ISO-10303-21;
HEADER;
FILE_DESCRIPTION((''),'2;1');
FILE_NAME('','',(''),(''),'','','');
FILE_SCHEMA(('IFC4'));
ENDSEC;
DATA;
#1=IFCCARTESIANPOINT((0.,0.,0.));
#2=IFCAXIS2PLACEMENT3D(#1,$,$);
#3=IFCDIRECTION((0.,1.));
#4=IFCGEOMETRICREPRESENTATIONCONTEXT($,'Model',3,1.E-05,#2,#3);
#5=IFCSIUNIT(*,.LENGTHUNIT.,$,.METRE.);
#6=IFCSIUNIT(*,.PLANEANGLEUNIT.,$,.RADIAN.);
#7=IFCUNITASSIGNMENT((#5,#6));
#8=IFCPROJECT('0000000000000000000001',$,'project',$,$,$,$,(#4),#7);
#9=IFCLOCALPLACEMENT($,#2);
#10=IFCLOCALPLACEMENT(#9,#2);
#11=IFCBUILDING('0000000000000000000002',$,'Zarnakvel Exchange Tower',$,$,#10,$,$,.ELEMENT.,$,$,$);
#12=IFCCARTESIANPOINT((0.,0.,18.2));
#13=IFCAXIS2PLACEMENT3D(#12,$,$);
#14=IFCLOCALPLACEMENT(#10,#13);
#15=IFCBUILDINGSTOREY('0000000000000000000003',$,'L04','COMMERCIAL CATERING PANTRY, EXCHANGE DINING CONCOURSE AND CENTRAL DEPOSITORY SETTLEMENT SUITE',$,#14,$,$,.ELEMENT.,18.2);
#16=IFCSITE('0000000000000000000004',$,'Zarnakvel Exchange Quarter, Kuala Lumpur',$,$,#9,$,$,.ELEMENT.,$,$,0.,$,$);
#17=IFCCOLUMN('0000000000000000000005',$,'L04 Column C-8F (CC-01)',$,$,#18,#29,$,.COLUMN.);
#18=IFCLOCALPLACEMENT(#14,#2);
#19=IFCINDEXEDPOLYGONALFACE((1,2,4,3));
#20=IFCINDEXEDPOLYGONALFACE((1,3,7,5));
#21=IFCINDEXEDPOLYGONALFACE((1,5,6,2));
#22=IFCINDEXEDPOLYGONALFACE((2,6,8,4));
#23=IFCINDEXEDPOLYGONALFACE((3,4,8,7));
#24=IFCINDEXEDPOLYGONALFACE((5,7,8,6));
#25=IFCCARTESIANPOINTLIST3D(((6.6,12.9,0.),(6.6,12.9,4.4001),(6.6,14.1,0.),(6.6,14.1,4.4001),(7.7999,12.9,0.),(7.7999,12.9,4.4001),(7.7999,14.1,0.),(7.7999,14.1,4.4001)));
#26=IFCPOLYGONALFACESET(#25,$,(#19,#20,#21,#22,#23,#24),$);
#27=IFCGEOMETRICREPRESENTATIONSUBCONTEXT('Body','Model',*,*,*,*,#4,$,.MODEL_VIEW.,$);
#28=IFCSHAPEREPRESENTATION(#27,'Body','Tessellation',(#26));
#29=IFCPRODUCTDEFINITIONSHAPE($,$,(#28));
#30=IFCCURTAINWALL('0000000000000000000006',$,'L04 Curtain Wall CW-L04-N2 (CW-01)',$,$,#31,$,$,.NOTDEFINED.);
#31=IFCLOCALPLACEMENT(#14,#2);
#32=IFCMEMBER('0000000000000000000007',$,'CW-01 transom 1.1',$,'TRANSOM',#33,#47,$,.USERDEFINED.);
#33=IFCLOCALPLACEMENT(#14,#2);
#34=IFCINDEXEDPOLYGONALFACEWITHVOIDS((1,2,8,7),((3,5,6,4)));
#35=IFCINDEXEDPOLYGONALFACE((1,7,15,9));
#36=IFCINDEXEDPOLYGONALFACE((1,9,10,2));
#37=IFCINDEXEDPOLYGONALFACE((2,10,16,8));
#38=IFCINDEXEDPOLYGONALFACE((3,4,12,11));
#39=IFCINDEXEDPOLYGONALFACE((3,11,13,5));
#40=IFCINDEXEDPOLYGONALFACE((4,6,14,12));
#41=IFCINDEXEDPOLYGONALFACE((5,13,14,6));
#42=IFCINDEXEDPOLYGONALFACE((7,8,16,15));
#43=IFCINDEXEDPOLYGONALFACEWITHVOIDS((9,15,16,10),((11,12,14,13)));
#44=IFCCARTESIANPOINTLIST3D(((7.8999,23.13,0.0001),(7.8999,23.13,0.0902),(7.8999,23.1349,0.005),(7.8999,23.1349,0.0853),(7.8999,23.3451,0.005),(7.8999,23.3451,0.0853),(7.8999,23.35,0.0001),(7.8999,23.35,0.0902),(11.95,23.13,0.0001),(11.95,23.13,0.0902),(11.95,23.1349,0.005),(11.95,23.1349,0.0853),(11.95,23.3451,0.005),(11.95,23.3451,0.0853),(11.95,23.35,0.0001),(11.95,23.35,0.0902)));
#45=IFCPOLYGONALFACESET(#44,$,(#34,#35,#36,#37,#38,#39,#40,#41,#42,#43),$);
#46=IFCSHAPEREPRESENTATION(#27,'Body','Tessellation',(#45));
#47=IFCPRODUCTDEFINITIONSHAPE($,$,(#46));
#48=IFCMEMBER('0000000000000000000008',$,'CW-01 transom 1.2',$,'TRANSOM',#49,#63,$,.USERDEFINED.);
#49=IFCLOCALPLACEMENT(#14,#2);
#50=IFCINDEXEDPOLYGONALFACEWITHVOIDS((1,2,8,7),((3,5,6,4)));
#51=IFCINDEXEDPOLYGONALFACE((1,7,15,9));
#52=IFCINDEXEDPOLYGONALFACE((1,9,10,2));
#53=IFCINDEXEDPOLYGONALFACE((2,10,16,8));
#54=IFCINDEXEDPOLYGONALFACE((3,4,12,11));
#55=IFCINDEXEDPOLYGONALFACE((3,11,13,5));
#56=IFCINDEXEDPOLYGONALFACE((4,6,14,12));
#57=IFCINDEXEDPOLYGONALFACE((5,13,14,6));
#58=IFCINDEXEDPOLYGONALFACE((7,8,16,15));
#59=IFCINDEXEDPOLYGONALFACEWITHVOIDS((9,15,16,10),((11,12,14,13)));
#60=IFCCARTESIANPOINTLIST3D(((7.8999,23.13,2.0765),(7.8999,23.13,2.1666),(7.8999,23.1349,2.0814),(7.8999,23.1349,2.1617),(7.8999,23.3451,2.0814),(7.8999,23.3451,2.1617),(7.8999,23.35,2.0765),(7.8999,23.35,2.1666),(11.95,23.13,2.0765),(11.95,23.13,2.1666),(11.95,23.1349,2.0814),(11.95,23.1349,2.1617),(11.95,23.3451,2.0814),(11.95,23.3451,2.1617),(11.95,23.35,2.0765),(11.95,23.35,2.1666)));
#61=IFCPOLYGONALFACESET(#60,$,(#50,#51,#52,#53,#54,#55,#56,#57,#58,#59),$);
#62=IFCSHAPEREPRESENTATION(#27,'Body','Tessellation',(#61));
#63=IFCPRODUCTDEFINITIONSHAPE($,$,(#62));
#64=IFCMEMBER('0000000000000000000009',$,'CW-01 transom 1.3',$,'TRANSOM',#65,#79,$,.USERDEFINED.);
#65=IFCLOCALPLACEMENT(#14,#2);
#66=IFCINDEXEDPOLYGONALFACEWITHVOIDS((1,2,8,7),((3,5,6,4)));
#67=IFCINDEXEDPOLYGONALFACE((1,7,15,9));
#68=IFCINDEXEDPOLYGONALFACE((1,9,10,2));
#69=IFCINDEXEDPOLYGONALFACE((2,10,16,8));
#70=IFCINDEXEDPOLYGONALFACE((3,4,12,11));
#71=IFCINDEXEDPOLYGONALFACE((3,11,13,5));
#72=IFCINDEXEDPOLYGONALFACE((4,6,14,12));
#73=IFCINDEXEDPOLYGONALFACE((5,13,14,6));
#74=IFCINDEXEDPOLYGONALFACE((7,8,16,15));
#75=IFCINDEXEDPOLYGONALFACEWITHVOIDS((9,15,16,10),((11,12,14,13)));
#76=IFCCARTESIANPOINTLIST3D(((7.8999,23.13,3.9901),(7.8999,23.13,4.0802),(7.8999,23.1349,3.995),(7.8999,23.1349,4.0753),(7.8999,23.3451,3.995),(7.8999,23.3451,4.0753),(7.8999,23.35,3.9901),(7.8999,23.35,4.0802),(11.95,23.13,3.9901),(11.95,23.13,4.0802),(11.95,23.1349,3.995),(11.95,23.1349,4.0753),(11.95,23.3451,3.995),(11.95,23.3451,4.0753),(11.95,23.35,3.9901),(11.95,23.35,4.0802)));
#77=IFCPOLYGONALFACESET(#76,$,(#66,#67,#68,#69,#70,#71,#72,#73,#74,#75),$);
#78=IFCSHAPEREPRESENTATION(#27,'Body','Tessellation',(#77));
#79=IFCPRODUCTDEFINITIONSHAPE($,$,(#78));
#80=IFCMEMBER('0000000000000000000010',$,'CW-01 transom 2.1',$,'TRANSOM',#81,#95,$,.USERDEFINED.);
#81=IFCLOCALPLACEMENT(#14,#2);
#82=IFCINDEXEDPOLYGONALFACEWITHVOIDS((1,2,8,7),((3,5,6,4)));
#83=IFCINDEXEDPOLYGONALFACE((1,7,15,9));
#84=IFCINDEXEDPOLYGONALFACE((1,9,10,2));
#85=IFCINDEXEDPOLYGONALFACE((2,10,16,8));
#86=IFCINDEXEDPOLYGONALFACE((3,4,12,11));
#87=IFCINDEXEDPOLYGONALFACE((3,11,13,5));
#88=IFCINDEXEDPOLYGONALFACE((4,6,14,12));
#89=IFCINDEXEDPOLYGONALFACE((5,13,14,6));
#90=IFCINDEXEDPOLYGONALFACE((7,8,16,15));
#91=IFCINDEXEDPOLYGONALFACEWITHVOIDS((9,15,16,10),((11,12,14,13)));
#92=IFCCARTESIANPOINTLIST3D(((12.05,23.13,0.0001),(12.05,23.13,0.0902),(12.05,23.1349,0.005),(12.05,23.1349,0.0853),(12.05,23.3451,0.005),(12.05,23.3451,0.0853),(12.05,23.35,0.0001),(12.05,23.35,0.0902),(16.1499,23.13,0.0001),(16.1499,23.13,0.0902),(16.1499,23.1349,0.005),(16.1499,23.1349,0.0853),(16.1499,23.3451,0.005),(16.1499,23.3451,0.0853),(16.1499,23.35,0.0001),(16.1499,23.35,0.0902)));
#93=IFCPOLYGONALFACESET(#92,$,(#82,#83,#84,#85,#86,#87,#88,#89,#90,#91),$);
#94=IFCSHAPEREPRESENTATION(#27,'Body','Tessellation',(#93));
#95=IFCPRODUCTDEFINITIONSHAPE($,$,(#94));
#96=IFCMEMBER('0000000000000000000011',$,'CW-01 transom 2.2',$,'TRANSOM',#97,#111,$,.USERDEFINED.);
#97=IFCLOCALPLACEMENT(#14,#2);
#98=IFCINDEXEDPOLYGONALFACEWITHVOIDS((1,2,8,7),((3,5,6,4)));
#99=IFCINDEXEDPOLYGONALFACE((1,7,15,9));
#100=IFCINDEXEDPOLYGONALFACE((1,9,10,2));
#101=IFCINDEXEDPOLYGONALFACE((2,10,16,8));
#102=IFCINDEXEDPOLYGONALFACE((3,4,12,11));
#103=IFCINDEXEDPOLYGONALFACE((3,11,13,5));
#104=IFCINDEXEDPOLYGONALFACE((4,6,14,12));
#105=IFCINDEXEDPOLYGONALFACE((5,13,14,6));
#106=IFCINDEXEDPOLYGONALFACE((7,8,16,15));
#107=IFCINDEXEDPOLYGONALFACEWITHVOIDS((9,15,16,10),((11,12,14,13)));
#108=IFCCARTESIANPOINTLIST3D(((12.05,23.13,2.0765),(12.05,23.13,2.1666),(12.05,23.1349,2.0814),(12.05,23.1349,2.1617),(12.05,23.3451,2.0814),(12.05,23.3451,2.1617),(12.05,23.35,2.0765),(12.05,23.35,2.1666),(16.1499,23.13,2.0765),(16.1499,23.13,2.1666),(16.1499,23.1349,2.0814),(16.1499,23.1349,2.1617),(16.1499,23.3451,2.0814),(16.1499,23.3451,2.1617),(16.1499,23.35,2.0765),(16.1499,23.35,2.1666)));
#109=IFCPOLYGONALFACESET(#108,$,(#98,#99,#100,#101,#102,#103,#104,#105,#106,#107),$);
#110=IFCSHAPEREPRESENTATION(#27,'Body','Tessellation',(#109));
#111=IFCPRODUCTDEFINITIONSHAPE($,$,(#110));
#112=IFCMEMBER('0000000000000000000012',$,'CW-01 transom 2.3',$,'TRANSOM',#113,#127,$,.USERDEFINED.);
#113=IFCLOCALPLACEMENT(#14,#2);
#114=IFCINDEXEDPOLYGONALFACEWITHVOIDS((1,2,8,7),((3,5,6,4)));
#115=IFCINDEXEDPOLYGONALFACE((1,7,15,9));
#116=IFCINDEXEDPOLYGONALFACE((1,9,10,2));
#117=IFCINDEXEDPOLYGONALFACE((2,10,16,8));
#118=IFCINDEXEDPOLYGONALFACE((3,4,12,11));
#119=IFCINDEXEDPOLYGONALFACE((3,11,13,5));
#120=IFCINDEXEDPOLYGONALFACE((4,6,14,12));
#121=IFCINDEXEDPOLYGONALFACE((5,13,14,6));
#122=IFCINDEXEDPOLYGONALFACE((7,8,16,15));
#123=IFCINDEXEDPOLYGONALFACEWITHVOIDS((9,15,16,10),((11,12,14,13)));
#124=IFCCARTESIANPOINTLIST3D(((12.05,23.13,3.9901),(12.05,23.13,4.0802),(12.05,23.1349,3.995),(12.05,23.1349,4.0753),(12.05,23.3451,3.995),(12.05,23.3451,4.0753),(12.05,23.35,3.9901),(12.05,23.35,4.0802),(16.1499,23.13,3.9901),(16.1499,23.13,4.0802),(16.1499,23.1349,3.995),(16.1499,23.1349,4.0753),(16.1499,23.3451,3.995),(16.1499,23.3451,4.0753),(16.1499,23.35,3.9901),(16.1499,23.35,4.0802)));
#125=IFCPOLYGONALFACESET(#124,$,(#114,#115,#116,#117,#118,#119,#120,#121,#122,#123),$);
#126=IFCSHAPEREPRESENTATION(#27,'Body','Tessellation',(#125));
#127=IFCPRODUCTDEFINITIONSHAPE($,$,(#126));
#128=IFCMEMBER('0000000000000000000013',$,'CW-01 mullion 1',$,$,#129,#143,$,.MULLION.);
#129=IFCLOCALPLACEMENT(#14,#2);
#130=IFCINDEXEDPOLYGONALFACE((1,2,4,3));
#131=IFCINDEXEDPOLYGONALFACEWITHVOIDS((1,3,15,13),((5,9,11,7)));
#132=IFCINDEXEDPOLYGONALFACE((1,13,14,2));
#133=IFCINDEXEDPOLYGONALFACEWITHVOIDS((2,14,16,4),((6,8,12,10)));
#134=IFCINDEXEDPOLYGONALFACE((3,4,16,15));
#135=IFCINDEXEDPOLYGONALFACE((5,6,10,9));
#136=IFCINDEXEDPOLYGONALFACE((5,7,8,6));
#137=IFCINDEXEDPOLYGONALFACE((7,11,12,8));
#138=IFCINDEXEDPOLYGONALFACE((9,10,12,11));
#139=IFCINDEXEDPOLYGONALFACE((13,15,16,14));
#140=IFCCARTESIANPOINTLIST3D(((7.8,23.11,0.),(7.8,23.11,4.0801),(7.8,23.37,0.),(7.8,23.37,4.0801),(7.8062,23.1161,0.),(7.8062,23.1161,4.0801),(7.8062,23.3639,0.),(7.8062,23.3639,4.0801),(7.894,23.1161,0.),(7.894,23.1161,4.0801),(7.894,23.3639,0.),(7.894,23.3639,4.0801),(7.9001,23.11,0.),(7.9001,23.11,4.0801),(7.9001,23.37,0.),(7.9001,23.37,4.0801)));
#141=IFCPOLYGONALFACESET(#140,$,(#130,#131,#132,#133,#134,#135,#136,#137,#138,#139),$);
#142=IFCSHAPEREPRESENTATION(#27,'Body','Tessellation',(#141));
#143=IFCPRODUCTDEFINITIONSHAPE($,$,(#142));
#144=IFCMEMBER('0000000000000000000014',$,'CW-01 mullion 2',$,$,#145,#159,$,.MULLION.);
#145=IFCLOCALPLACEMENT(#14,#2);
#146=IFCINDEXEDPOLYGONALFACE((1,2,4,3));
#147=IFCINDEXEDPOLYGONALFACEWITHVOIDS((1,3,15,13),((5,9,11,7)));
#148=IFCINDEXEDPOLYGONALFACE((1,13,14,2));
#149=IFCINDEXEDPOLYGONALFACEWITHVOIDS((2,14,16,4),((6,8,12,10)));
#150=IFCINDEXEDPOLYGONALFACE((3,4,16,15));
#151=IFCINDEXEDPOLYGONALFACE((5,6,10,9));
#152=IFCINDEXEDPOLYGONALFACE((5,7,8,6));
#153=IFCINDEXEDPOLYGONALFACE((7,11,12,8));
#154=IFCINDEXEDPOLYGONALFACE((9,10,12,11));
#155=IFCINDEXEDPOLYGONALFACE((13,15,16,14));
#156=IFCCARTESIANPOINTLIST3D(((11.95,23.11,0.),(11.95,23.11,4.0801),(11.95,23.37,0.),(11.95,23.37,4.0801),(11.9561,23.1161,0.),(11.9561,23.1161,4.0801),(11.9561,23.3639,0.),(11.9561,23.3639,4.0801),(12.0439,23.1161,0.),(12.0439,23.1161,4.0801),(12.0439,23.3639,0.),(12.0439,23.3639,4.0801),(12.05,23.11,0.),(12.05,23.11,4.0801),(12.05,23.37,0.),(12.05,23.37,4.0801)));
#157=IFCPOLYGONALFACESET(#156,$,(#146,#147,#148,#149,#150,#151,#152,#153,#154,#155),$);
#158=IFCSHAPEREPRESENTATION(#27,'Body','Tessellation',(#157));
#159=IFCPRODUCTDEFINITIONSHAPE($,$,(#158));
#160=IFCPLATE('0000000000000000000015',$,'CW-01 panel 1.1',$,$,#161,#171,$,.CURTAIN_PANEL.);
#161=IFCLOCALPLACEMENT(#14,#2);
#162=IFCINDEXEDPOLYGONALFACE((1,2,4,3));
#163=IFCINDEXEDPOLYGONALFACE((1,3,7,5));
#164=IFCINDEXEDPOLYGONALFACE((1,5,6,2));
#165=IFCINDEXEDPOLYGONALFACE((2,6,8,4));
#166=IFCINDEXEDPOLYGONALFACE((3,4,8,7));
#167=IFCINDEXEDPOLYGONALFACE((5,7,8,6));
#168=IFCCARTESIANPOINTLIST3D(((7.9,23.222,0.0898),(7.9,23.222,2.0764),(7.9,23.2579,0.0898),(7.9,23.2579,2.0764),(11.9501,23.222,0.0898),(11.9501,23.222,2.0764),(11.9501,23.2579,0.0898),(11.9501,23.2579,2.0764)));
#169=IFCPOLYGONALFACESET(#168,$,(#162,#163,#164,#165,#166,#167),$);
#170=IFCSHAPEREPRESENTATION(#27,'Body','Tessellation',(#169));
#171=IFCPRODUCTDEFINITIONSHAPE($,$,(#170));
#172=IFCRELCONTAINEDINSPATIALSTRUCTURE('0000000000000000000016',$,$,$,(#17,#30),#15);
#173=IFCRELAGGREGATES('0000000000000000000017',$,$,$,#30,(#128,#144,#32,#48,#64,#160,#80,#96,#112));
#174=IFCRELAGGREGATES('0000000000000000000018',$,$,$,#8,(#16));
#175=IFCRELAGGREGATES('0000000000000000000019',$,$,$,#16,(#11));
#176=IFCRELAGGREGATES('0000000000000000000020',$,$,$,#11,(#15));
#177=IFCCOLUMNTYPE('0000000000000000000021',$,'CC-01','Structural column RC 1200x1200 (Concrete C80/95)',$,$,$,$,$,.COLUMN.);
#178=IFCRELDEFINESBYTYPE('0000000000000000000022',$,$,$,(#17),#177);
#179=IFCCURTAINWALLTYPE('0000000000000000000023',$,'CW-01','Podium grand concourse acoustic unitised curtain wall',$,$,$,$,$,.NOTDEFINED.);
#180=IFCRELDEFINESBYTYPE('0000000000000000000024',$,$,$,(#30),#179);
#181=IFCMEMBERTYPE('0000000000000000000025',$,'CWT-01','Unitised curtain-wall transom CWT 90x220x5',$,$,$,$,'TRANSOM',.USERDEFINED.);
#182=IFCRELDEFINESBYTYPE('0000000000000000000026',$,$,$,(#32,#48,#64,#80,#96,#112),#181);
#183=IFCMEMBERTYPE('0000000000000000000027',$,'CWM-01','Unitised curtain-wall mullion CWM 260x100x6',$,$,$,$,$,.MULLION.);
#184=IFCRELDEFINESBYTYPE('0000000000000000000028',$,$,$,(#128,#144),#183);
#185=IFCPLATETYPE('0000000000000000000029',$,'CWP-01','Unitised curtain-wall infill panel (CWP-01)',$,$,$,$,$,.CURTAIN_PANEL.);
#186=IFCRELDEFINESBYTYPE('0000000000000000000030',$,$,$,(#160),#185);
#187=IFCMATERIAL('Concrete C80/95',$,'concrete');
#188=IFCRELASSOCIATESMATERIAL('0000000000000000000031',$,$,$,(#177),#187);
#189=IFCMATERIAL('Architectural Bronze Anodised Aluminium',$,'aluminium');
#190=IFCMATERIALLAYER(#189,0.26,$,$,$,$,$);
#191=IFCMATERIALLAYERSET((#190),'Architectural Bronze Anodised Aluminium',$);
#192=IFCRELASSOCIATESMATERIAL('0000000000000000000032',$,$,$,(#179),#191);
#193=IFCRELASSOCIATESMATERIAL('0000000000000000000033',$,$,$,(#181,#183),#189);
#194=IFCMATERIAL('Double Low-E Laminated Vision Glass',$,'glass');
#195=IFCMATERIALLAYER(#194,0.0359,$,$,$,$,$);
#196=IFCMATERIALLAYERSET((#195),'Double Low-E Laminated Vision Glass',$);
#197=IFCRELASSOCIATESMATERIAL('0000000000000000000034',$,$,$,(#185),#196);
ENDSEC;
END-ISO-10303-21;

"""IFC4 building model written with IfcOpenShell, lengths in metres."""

from ifc_helpers import new_model, si_unit, direction, frame, origin, origin_2d, place, context, subcontext, project, spatial, rectangle, hollow_rectangle, extrude, source, transform, mapped, material, layer, layer_set, material_profile, profile_set, type_object, element, aggregate, save


model = new_model("IFC4")

# Units and contexts
model_context = context("Model", 3, precision=1e-05, world=origin(), true_north=direction((0.0, 1.0)))
body_context = subcontext(model_context, "Body", "Model", "MODEL_VIEW")
ifc_project = project(units=[si_unit("LENGTHUNIT", "METRE"), si_unit("PLANEANGLEUNIT", "RADIAN")], contexts=[model_context])

# Site, building, storey
site_placement = place(None, origin())
site = spatial("IfcSite", under=ifc_project, at=site_placement, Name="Zarnakvel Exchange Quarter, Kuala Lumpur", CompositionType="ELEMENT", RefElevation=0.0)
building_placement = place(site_placement, origin())
building = spatial("IfcBuilding", under=site, at=building_placement, Name="Zarnakvel Exchange Tower", CompositionType="ELEMENT")
storey_placement = place(building_placement, frame((0.0, 0.0, 18.2)))
storey = spatial("IfcBuildingStorey", under=building, at=storey_placement, Name="L04", Description="COMMERCIAL CATERING PANTRY, EXCHANGE DINING CONCOURSE AND CENTRAL DEPOSITORY SETTLEMENT SUITE", CompositionType="ELEMENT", Elevation=18.2)

# Column
ifc_material_1 = material(Name="Concrete C80/95", Category="concrete")
ifc_material_profile_1 = material_profile(ifc_material_1, rectangle(XDim=1.2, YDim=1.2, at=origin_2d()))
ifc_profile_set_1 = profile_set([ifc_material_profile_1], Name="Concrete C80/95")
column_type = type_object("IfcColumnType", Name="CC-01", Description="Structural column RC 1200x1200 (Concrete C80/95)", PredefinedType="COLUMN", material=ifc_profile_set_1)
column_placement = place(storey_placement, frame((7.2, 13.5, 0.0), z_axis=(0.0, 0.0, 1.0), x_axis=(1.0, 0.0, 0.0)))
element("IfcColumn", 1, at=column_placement, inside=storey, type_object=column_type, Name="L04 Column C-8F (CC-01)", PredefinedType="COLUMN", context=body_context, shape_type="SweptSolid", body=[
    extrude(rectangle(XDim=1.2, YDim=1.2, at=origin_2d()), origin(), (0.0, 0.0, 1.0), 4.4001),
])

# Curtain wall, members, plate
ifc_material_2 = material(Name="Architectural Bronze Anodised Aluminium", Category="aluminium")
ifc_layer_1 = layer(ifc_material_2, 0.26)
ifc_layer_set_1 = layer_set([ifc_layer_1], Name="Architectural Bronze Anodised Aluminium")
curtain_wall_type = type_object("IfcCurtainWallType", Name="CW-01", Description="Podium grand concourse acoustic unitised curtain wall", PredefinedType="NOTDEFINED", material=ifc_layer_set_1)
curtain_wall_placement = place(storey_placement, origin())
curtain_wall = element("IfcCurtainWall", 2, at=curtain_wall_placement, inside=storey, type_object=curtain_wall_type, Name="L04 Curtain Wall CW-L04-N2 (CW-01)", PredefinedType="NOTDEFINED")
ifc_material_profile_2 = material_profile(ifc_material_2, hollow_rectangle(XDim=0.22, YDim=0.0901, WallThickness=0.0049, at=origin_2d()))
ifc_profile_set_2 = profile_set([ifc_material_profile_2], Name="Architectural Bronze Anodised Aluminium")
member_type_1 = type_object("IfcMemberType", Name="CWT-01", Description="Unitised curtain-wall transom CWT 90x220x5", ElementType="TRANSOM", PredefinedType="USERDEFINED", material=ifc_profile_set_2)
shared_shape_1 = source(origin(), body_context, "Body", "SweptSolid", [
    extrude(hollow_rectangle(XDim=0.22, YDim=0.0901, WallThickness=0.0049, at=origin_2d()), origin(), (0.0, 0.0, 1.0), 4.05),
])
member_1_placement = place(storey_placement, frame((7.8999, 23.24, 0.0452), z_axis=(1.0, 0.0, 0.0), x_axis=(0.0, 1.0, 0.0)))
member_1 = element("IfcMember", 3, at=member_1_placement, type_object=member_type_1, Name="CW-01 transom 1.1", ObjectType="TRANSOM", PredefinedType="USERDEFINED", context=body_context, shape_type="MappedRepresentation", body=[
    mapped(shared_shape_1, transform((0.0, 0.0, 0.0), x_axis=(1.0, 0.0, 0.0), y_axis=(0.0, 1.0, 0.0), z_axis=(0.0, 0.0, 1.0), scale=1.0)),
])
member_2_placement = place(storey_placement, frame((7.8999, 23.24, 2.1216), z_axis=(1.0, 0.0, 0.0), x_axis=(0.0, 1.0, 0.0)))
member_2 = element("IfcMember", 4, at=member_2_placement, type_object=member_type_1, Name="CW-01 transom 1.2", ObjectType="TRANSOM", PredefinedType="USERDEFINED", context=body_context, shape_type="MappedRepresentation", body=[
    mapped(shared_shape_1, transform((0.0, 0.0, 0.0), x_axis=(1.0, 0.0, 0.0), y_axis=(0.0, 1.0, 0.0), z_axis=(0.0, 0.0, 1.0), scale=1.0)),
])
member_3_placement = place(storey_placement, frame((7.8999, 23.24, 4.0352), z_axis=(1.0, 0.0, 0.0), x_axis=(0.0, 1.0, 0.0)))
member_3 = element("IfcMember", 5, at=member_3_placement, type_object=member_type_1, Name="CW-01 transom 1.3", ObjectType="TRANSOM", PredefinedType="USERDEFINED", context=body_context, shape_type="MappedRepresentation", body=[
    mapped(shared_shape_1, transform((0.0, 0.0, 0.0), x_axis=(1.0, 0.0, 0.0), y_axis=(0.0, 1.0, 0.0), z_axis=(0.0, 0.0, 1.0), scale=1.0)),
])
shared_shape_2 = source(origin(), body_context, "Body", "SweptSolid", [
    extrude(hollow_rectangle(XDim=0.22, YDim=0.0901, WallThickness=0.0049, at=origin_2d()), origin(), (0.0, 0.0, 1.0), 4.0999),
])
member_4_placement = place(storey_placement, frame((12.05, 23.24, 0.0452), z_axis=(1.0, 0.0, 0.0), x_axis=(0.0, 1.0, 0.0)))
member_4 = element("IfcMember", 6, at=member_4_placement, type_object=member_type_1, Name="CW-01 transom 2.1", ObjectType="TRANSOM", PredefinedType="USERDEFINED", context=body_context, shape_type="MappedRepresentation", body=[
    mapped(shared_shape_2, transform((0.0, 0.0, 0.0), x_axis=(1.0, 0.0, 0.0), y_axis=(0.0, 1.0, 0.0), z_axis=(0.0, 0.0, 1.0), scale=1.0)),
])
member_5_placement = place(storey_placement, frame((12.05, 23.24, 2.1216), z_axis=(1.0, 0.0, 0.0), x_axis=(0.0, 1.0, 0.0)))
member_5 = element("IfcMember", 7, at=member_5_placement, type_object=member_type_1, Name="CW-01 transom 2.2", ObjectType="TRANSOM", PredefinedType="USERDEFINED", context=body_context, shape_type="MappedRepresentation", body=[
    mapped(shared_shape_2, transform((0.0, 0.0, 0.0), x_axis=(1.0, 0.0, 0.0), y_axis=(0.0, 1.0, 0.0), z_axis=(0.0, 0.0, 1.0), scale=1.0)),
])
member_6_placement = place(storey_placement, frame((12.05, 23.24, 4.0352), z_axis=(1.0, 0.0, 0.0), x_axis=(0.0, 1.0, 0.0)))
member_6 = element("IfcMember", 8, at=member_6_placement, type_object=member_type_1, Name="CW-01 transom 2.3", ObjectType="TRANSOM", PredefinedType="USERDEFINED", context=body_context, shape_type="MappedRepresentation", body=[
    mapped(shared_shape_2, transform((0.0, 0.0, 0.0), x_axis=(1.0, 0.0, 0.0), y_axis=(0.0, 1.0, 0.0), z_axis=(0.0, 0.0, 1.0), scale=1.0)),
])
ifc_material_profile_3 = material_profile(ifc_material_2, hollow_rectangle(XDim=0.26, YDim=0.1001, WallThickness=0.0061, at=origin_2d()))
ifc_profile_set_3 = profile_set([ifc_material_profile_3], Name="Architectural Bronze Anodised Aluminium")
member_type_2 = type_object("IfcMemberType", Name="CWM-01", Description="Unitised curtain-wall mullion CWM 260x100x6", PredefinedType="MULLION", material=ifc_profile_set_3)
shared_shape_3 = source(origin(), body_context, "Body", "SweptSolid", [
    extrude(hollow_rectangle(XDim=0.26, YDim=0.1001, WallThickness=0.0061, at=origin_2d()), origin(), (0.0, 0.0, 1.0), 4.0801),
])
member_7_placement = place(storey_placement, frame((7.8501, 23.24, 0.0), z_axis=(0.0, 0.0, 1.0), x_axis=(0.0, 1.0, 0.0)))
member_7 = element("IfcMember", 9, at=member_7_placement, type_object=member_type_2, Name="CW-01 mullion 1", PredefinedType="MULLION", context=body_context, shape_type="MappedRepresentation", body=[
    mapped(shared_shape_3, transform((0.0, 0.0, 0.0), x_axis=(1.0, 0.0, 0.0), y_axis=(0.0, 1.0, 0.0), z_axis=(0.0, 0.0, 1.0), scale=1.0)),
])
member_8_placement = place(storey_placement, frame((12.0, 23.24, 0.0), z_axis=(0.0, 0.0, 1.0), x_axis=(0.0, 1.0, 0.0)))
member_8 = element("IfcMember", 10, at=member_8_placement, type_object=member_type_2, Name="CW-01 mullion 2", PredefinedType="MULLION", context=body_context, shape_type="MappedRepresentation", body=[
    mapped(shared_shape_3, transform((0.0, 0.0, 0.0), x_axis=(1.0, 0.0, 0.0), y_axis=(0.0, 1.0, 0.0), z_axis=(0.0, 0.0, 1.0), scale=1.0)),
])
ifc_material_3 = material(Name="Double Low-E Laminated Vision Glass", Category="glass")
ifc_layer_2 = layer(ifc_material_3, 0.0359)
ifc_layer_set_2 = layer_set([ifc_layer_2], Name="Double Low-E Laminated Vision Glass")
plate_type = type_object("IfcPlateType", Name="CWP-01", Description="Unitised curtain-wall infill panel (CWP-01)", PredefinedType="CURTAIN_PANEL", material=ifc_layer_set_2)
shared_shape_4 = source(origin(), body_context, "Body", "SweptSolid", [
    extrude(rectangle(XDim=4.05, YDim=0.0359, at=origin_2d()), origin(), (0.0, 0.0, 1.0), 1.9866),
])
plate_1_placement = place(storey_placement, frame((9.925, 23.24, 0.0898), z_axis=(0.0, 0.0, 1.0), x_axis=(1.0, 0.0, 0.0)))
plate_1 = element("IfcPlate", 11, at=plate_1_placement, type_object=plate_type, Name="CW-01 panel 1.1", PredefinedType="CURTAIN_PANEL", context=body_context, shape_type="MappedRepresentation", body=[
    mapped(shared_shape_4, transform((0.0, 0.0, 0.0), x_axis=(1.0, 0.0, 0.0), y_axis=(0.0, 1.0, 0.0), z_axis=(0.0, 0.0, 1.0), scale=1.0)),
])
aggregate(curtain_wall, [member_7, member_8, member_1, member_2, member_3, plate_1, member_4, member_5, member_6])

save(model, "model.ifc")
